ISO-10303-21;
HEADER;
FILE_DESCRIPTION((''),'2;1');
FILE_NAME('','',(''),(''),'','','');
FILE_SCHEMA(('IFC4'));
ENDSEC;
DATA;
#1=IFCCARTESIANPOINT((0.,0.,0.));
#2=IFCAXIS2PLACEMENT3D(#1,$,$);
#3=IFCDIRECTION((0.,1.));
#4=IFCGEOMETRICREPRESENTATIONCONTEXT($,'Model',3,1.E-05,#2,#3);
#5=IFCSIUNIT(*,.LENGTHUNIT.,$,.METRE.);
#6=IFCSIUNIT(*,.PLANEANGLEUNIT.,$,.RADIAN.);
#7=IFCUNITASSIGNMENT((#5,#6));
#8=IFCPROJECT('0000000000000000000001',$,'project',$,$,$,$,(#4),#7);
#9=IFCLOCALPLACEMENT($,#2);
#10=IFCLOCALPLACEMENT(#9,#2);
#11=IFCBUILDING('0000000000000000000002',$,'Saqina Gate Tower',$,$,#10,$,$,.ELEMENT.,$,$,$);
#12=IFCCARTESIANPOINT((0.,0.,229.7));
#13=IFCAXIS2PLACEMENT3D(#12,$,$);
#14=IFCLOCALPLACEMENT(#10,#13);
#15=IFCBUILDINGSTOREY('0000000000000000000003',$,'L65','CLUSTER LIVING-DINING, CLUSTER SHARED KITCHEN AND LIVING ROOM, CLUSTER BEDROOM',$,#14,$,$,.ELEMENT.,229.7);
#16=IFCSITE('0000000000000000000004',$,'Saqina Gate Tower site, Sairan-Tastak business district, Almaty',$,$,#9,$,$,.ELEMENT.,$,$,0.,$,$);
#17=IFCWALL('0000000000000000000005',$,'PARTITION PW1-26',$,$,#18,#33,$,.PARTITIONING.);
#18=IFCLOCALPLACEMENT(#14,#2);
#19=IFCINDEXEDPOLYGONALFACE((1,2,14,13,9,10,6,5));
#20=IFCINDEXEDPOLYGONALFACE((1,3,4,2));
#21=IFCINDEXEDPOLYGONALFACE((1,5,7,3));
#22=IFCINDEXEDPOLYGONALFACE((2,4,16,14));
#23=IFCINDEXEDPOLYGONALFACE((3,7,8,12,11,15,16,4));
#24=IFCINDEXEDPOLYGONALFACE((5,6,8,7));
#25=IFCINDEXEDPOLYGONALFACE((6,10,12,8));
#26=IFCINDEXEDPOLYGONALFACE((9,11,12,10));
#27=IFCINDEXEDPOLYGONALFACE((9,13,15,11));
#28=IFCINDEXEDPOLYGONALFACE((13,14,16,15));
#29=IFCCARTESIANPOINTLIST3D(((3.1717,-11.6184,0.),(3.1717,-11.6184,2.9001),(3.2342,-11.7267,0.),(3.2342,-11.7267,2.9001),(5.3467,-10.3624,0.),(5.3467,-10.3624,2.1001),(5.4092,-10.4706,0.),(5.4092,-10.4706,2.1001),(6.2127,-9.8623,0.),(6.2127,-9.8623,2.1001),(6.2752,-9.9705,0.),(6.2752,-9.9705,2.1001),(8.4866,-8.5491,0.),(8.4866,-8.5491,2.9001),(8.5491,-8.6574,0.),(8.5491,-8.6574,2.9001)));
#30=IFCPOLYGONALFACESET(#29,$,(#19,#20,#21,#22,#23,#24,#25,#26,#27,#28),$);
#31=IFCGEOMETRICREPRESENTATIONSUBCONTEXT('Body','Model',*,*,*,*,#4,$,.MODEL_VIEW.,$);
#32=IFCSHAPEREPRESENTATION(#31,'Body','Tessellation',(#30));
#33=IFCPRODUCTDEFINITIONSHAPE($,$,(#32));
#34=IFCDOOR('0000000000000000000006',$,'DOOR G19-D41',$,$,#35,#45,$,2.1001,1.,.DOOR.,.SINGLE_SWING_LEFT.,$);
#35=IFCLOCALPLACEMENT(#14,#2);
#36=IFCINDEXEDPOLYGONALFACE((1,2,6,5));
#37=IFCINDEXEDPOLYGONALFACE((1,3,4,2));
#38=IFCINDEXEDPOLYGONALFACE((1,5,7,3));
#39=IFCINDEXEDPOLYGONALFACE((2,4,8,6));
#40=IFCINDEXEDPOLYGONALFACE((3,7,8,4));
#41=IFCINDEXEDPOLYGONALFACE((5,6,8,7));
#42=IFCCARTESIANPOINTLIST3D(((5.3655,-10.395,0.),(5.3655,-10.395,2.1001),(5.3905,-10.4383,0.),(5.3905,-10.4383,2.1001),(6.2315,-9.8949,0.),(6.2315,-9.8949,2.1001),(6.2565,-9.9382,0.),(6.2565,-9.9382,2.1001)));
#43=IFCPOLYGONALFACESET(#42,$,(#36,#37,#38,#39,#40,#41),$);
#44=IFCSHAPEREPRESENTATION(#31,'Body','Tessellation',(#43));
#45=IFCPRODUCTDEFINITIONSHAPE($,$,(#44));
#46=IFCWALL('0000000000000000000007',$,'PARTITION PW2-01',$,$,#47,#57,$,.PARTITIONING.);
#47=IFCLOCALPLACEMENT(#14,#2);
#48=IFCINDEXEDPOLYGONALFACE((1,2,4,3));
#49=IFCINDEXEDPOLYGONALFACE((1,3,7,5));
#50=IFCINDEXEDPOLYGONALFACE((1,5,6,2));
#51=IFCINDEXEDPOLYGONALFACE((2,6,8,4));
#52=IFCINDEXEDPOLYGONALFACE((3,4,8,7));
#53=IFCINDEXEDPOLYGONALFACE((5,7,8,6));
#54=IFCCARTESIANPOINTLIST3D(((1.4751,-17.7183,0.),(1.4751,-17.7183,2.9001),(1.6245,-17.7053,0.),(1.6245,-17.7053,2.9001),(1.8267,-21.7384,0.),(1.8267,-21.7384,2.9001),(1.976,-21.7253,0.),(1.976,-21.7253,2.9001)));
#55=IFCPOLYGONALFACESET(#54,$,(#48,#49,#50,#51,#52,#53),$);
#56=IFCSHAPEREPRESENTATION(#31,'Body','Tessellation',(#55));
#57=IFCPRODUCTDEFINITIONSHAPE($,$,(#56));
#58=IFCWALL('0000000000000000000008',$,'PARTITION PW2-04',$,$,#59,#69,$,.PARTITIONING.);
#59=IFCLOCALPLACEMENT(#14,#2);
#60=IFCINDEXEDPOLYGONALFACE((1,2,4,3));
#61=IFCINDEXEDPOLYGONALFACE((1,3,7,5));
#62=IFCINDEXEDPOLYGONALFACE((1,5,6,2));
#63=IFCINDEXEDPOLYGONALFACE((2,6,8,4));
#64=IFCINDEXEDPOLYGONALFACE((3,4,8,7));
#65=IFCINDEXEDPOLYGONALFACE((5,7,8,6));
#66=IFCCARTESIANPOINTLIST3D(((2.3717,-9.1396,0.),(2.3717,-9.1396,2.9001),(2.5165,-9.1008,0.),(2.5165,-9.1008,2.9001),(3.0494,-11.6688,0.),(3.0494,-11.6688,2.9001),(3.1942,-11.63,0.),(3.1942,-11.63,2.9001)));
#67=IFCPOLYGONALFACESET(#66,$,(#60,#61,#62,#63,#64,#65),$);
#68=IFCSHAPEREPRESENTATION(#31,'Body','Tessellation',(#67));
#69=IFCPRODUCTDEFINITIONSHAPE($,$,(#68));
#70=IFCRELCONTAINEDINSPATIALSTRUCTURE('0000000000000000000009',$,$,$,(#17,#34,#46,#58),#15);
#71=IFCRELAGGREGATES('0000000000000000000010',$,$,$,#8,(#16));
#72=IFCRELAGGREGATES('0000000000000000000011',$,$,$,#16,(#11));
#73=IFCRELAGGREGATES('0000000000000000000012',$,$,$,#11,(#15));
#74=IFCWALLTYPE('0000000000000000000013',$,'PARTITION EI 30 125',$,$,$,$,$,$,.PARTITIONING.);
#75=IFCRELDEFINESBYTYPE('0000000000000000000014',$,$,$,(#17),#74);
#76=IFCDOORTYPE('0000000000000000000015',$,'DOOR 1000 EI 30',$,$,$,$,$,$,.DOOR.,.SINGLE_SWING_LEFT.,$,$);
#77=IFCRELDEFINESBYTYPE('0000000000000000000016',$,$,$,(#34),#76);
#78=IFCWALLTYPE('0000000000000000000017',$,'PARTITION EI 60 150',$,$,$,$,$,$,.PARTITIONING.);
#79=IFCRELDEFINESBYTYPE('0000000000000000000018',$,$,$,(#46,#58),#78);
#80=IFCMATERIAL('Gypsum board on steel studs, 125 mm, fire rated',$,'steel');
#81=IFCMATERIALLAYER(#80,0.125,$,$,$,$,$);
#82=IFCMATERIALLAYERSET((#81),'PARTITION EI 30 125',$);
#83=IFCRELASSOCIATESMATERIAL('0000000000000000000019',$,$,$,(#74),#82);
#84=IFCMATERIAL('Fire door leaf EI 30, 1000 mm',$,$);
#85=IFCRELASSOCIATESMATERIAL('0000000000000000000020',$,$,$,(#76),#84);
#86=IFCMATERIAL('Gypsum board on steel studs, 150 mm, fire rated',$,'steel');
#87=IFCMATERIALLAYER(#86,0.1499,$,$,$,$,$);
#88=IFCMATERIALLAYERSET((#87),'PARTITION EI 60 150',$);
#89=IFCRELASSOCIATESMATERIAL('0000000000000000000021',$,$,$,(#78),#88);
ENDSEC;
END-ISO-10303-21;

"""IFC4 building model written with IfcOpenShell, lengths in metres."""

from ifc_helpers import new_model, si_unit, direction, frame, frame_2d, origin, place, context, subcontext, project, spatial, rectangle, extrude, material, layer, layer_set, type_object, element, fill, save


model = new_model("IFC4")

# Units and contexts
model_context = context("Model", 3, precision=1e-05, world=origin(), true_north=direction((0.0, 1.0)))
body_context = subcontext(model_context, "Body", "Model", "MODEL_VIEW")
ifc_project = project(units=[si_unit("LENGTHUNIT", "METRE"), si_unit("PLANEANGLEUNIT", "RADIAN")], contexts=[model_context])

# Site, building, storey
site_placement = place(None, origin())
site = spatial("IfcSite", under=ifc_project, at=site_placement, Name="Saqina Gate Tower site, Sairan-Tastak business district, Almaty", CompositionType="ELEMENT", RefElevation=0.0)
building_placement = place(site_placement, origin())
building = spatial("IfcBuilding", under=site, at=building_placement, Name="Saqina Gate Tower", CompositionType="ELEMENT")
storey_placement = place(building_placement, frame((0.0, 0.0, 229.7)))
storey = spatial("IfcBuildingStorey", under=building, at=storey_placement, Name="L65", Description="CLUSTER LIVING-DINING, CLUSTER SHARED KITCHEN AND LIVING ROOM, CLUSTER BEDROOM", CompositionType="ELEMENT", Elevation=229.7)

# Shared definitions
ifc_material_1 = material(Name="Gypsum board on steel studs, 125 mm, fire rated", Category="steel")
ifc_layer_1 = layer(ifc_material_1, 0.125)
ifc_layer_set_1 = layer_set([ifc_layer_1], Name="PARTITION EI 30 125")
wall_type_1 = type_object("IfcWallType", Name="PARTITION EI 30 125", PredefinedType="PARTITIONING", material=ifc_layer_set_1)

# Wall, opening, door
wall_1_placement = place(storey_placement, frame((3.2029, -11.6726, 0.0), z_axis=(0.0, 0.0, 1.0), x_axis=(0.865972, 0.500092, 0.0)))
wall_1 = element("IfcWall", 1, at=wall_1_placement, inside=storey, type_object=wall_type_1, Name="PARTITION PW1-26", PredefinedType="PARTITIONING", context=body_context, shape_type="SweptSolid", body=[
    extrude(rectangle(XDim=6.1375, YDim=0.125, at=frame_2d((3.0688, 0.0))), origin(), (0.0, 0.0, 1.0), 2.9001),
])
opening_1_placement = place(wall_1_placement, frame((2.5117, 0.0, 0.0)))
opening_1 = element("IfcOpeningElement", 2, at=opening_1_placement, cuts=wall_1, PredefinedType="OPENING", context=body_context, shape_type="SweptSolid", body=[
    extrude(rectangle(XDim=1.0, YDim=2.1001, at=frame_2d((0.5, 1.05))), frame((0.0, 0.0745, 0.0), z_axis=(0.0, -1.0, 0.0), x_axis=(1.0, 0.0, 0.0)), (0.0, 0.0, 1.0), 0.1489),
])
ifc_material_2 = material(Name="Fire door leaf EI 30, 1000 mm")
door_type_1 = type_object("IfcDoorType", Name="DOOR 1000 EI 30", OperationType="SINGLE_SWING_LEFT", PredefinedType="DOOR", material=ifc_material_2)
door_1_placement = place(opening_1_placement, origin())
door_1 = element("IfcDoor", 3, at=door_1_placement, inside=storey, type_object=door_type_1, Name="DOOR G19-D41", OperationType="SINGLE_SWING_LEFT", OverallHeight=2.1001, OverallWidth=1.0, PredefinedType="DOOR", context=body_context, shape_type="SweptSolid", body=[
    extrude(rectangle(XDim=1.0, YDim=2.1001, at=frame_2d((0.5, 1.05))), frame((0.0, 0.0249, 0.0), z_axis=(0.0, -1.0, 0.0), x_axis=(1.0, 0.0, 0.0)), (0.0, 0.0, 1.0), 0.05),
])
fill(opening_1, door_1)

# Walls
ifc_material_3 = material(Name="Gypsum board on steel studs, 150 mm, fire rated", Category="steel")
ifc_layer_2 = layer(ifc_material_3, 0.1499)
ifc_layer_set_2 = layer_set([ifc_layer_2], Name="PARTITION EI 60 150")
wall_type_2 = type_object("IfcWallType", Name="PARTITION EI 60 150", PredefinedType="PARTITIONING", material=ifc_layer_set_2)
wall_2_placement = place(storey_placement, frame((1.5498, -17.7119, 0.0), z_axis=(0.0, 0.0, 1.0), x_axis=(0.08712, -0.996198, 0.0)))
element("IfcWall", 4, at=wall_2_placement, inside=storey, type_object=wall_type_2, Name="PARTITION PW2-01", PredefinedType="PARTITIONING", context=body_context, shape_type="SweptSolid", body=[
    extrude(rectangle(XDim=4.0354, YDim=0.1499, at=frame_2d((2.0176, 0.0))), origin(), (0.0, 0.0, 1.0), 2.9001),
])
wall_3_placement = place(storey_placement, frame((2.4441, -9.1204, 0.0), z_axis=(0.0, 0.0, 1.0), x_axis=(0.258823, -0.965925, 0.0)))
element("IfcWall", 5, at=wall_3_placement, inside=storey, type_object=wall_type_2, Name="PARTITION PW2-04", PredefinedType="PARTITIONING", context=body_context, shape_type="SweptSolid", body=[
    extrude(rectangle(XDim=2.6184, YDim=0.1499, at=frame_2d((1.3091, 0.0))), origin(), (0.0, 0.0, 1.0), 2.9001),
])

save(model, "model.ifc")
